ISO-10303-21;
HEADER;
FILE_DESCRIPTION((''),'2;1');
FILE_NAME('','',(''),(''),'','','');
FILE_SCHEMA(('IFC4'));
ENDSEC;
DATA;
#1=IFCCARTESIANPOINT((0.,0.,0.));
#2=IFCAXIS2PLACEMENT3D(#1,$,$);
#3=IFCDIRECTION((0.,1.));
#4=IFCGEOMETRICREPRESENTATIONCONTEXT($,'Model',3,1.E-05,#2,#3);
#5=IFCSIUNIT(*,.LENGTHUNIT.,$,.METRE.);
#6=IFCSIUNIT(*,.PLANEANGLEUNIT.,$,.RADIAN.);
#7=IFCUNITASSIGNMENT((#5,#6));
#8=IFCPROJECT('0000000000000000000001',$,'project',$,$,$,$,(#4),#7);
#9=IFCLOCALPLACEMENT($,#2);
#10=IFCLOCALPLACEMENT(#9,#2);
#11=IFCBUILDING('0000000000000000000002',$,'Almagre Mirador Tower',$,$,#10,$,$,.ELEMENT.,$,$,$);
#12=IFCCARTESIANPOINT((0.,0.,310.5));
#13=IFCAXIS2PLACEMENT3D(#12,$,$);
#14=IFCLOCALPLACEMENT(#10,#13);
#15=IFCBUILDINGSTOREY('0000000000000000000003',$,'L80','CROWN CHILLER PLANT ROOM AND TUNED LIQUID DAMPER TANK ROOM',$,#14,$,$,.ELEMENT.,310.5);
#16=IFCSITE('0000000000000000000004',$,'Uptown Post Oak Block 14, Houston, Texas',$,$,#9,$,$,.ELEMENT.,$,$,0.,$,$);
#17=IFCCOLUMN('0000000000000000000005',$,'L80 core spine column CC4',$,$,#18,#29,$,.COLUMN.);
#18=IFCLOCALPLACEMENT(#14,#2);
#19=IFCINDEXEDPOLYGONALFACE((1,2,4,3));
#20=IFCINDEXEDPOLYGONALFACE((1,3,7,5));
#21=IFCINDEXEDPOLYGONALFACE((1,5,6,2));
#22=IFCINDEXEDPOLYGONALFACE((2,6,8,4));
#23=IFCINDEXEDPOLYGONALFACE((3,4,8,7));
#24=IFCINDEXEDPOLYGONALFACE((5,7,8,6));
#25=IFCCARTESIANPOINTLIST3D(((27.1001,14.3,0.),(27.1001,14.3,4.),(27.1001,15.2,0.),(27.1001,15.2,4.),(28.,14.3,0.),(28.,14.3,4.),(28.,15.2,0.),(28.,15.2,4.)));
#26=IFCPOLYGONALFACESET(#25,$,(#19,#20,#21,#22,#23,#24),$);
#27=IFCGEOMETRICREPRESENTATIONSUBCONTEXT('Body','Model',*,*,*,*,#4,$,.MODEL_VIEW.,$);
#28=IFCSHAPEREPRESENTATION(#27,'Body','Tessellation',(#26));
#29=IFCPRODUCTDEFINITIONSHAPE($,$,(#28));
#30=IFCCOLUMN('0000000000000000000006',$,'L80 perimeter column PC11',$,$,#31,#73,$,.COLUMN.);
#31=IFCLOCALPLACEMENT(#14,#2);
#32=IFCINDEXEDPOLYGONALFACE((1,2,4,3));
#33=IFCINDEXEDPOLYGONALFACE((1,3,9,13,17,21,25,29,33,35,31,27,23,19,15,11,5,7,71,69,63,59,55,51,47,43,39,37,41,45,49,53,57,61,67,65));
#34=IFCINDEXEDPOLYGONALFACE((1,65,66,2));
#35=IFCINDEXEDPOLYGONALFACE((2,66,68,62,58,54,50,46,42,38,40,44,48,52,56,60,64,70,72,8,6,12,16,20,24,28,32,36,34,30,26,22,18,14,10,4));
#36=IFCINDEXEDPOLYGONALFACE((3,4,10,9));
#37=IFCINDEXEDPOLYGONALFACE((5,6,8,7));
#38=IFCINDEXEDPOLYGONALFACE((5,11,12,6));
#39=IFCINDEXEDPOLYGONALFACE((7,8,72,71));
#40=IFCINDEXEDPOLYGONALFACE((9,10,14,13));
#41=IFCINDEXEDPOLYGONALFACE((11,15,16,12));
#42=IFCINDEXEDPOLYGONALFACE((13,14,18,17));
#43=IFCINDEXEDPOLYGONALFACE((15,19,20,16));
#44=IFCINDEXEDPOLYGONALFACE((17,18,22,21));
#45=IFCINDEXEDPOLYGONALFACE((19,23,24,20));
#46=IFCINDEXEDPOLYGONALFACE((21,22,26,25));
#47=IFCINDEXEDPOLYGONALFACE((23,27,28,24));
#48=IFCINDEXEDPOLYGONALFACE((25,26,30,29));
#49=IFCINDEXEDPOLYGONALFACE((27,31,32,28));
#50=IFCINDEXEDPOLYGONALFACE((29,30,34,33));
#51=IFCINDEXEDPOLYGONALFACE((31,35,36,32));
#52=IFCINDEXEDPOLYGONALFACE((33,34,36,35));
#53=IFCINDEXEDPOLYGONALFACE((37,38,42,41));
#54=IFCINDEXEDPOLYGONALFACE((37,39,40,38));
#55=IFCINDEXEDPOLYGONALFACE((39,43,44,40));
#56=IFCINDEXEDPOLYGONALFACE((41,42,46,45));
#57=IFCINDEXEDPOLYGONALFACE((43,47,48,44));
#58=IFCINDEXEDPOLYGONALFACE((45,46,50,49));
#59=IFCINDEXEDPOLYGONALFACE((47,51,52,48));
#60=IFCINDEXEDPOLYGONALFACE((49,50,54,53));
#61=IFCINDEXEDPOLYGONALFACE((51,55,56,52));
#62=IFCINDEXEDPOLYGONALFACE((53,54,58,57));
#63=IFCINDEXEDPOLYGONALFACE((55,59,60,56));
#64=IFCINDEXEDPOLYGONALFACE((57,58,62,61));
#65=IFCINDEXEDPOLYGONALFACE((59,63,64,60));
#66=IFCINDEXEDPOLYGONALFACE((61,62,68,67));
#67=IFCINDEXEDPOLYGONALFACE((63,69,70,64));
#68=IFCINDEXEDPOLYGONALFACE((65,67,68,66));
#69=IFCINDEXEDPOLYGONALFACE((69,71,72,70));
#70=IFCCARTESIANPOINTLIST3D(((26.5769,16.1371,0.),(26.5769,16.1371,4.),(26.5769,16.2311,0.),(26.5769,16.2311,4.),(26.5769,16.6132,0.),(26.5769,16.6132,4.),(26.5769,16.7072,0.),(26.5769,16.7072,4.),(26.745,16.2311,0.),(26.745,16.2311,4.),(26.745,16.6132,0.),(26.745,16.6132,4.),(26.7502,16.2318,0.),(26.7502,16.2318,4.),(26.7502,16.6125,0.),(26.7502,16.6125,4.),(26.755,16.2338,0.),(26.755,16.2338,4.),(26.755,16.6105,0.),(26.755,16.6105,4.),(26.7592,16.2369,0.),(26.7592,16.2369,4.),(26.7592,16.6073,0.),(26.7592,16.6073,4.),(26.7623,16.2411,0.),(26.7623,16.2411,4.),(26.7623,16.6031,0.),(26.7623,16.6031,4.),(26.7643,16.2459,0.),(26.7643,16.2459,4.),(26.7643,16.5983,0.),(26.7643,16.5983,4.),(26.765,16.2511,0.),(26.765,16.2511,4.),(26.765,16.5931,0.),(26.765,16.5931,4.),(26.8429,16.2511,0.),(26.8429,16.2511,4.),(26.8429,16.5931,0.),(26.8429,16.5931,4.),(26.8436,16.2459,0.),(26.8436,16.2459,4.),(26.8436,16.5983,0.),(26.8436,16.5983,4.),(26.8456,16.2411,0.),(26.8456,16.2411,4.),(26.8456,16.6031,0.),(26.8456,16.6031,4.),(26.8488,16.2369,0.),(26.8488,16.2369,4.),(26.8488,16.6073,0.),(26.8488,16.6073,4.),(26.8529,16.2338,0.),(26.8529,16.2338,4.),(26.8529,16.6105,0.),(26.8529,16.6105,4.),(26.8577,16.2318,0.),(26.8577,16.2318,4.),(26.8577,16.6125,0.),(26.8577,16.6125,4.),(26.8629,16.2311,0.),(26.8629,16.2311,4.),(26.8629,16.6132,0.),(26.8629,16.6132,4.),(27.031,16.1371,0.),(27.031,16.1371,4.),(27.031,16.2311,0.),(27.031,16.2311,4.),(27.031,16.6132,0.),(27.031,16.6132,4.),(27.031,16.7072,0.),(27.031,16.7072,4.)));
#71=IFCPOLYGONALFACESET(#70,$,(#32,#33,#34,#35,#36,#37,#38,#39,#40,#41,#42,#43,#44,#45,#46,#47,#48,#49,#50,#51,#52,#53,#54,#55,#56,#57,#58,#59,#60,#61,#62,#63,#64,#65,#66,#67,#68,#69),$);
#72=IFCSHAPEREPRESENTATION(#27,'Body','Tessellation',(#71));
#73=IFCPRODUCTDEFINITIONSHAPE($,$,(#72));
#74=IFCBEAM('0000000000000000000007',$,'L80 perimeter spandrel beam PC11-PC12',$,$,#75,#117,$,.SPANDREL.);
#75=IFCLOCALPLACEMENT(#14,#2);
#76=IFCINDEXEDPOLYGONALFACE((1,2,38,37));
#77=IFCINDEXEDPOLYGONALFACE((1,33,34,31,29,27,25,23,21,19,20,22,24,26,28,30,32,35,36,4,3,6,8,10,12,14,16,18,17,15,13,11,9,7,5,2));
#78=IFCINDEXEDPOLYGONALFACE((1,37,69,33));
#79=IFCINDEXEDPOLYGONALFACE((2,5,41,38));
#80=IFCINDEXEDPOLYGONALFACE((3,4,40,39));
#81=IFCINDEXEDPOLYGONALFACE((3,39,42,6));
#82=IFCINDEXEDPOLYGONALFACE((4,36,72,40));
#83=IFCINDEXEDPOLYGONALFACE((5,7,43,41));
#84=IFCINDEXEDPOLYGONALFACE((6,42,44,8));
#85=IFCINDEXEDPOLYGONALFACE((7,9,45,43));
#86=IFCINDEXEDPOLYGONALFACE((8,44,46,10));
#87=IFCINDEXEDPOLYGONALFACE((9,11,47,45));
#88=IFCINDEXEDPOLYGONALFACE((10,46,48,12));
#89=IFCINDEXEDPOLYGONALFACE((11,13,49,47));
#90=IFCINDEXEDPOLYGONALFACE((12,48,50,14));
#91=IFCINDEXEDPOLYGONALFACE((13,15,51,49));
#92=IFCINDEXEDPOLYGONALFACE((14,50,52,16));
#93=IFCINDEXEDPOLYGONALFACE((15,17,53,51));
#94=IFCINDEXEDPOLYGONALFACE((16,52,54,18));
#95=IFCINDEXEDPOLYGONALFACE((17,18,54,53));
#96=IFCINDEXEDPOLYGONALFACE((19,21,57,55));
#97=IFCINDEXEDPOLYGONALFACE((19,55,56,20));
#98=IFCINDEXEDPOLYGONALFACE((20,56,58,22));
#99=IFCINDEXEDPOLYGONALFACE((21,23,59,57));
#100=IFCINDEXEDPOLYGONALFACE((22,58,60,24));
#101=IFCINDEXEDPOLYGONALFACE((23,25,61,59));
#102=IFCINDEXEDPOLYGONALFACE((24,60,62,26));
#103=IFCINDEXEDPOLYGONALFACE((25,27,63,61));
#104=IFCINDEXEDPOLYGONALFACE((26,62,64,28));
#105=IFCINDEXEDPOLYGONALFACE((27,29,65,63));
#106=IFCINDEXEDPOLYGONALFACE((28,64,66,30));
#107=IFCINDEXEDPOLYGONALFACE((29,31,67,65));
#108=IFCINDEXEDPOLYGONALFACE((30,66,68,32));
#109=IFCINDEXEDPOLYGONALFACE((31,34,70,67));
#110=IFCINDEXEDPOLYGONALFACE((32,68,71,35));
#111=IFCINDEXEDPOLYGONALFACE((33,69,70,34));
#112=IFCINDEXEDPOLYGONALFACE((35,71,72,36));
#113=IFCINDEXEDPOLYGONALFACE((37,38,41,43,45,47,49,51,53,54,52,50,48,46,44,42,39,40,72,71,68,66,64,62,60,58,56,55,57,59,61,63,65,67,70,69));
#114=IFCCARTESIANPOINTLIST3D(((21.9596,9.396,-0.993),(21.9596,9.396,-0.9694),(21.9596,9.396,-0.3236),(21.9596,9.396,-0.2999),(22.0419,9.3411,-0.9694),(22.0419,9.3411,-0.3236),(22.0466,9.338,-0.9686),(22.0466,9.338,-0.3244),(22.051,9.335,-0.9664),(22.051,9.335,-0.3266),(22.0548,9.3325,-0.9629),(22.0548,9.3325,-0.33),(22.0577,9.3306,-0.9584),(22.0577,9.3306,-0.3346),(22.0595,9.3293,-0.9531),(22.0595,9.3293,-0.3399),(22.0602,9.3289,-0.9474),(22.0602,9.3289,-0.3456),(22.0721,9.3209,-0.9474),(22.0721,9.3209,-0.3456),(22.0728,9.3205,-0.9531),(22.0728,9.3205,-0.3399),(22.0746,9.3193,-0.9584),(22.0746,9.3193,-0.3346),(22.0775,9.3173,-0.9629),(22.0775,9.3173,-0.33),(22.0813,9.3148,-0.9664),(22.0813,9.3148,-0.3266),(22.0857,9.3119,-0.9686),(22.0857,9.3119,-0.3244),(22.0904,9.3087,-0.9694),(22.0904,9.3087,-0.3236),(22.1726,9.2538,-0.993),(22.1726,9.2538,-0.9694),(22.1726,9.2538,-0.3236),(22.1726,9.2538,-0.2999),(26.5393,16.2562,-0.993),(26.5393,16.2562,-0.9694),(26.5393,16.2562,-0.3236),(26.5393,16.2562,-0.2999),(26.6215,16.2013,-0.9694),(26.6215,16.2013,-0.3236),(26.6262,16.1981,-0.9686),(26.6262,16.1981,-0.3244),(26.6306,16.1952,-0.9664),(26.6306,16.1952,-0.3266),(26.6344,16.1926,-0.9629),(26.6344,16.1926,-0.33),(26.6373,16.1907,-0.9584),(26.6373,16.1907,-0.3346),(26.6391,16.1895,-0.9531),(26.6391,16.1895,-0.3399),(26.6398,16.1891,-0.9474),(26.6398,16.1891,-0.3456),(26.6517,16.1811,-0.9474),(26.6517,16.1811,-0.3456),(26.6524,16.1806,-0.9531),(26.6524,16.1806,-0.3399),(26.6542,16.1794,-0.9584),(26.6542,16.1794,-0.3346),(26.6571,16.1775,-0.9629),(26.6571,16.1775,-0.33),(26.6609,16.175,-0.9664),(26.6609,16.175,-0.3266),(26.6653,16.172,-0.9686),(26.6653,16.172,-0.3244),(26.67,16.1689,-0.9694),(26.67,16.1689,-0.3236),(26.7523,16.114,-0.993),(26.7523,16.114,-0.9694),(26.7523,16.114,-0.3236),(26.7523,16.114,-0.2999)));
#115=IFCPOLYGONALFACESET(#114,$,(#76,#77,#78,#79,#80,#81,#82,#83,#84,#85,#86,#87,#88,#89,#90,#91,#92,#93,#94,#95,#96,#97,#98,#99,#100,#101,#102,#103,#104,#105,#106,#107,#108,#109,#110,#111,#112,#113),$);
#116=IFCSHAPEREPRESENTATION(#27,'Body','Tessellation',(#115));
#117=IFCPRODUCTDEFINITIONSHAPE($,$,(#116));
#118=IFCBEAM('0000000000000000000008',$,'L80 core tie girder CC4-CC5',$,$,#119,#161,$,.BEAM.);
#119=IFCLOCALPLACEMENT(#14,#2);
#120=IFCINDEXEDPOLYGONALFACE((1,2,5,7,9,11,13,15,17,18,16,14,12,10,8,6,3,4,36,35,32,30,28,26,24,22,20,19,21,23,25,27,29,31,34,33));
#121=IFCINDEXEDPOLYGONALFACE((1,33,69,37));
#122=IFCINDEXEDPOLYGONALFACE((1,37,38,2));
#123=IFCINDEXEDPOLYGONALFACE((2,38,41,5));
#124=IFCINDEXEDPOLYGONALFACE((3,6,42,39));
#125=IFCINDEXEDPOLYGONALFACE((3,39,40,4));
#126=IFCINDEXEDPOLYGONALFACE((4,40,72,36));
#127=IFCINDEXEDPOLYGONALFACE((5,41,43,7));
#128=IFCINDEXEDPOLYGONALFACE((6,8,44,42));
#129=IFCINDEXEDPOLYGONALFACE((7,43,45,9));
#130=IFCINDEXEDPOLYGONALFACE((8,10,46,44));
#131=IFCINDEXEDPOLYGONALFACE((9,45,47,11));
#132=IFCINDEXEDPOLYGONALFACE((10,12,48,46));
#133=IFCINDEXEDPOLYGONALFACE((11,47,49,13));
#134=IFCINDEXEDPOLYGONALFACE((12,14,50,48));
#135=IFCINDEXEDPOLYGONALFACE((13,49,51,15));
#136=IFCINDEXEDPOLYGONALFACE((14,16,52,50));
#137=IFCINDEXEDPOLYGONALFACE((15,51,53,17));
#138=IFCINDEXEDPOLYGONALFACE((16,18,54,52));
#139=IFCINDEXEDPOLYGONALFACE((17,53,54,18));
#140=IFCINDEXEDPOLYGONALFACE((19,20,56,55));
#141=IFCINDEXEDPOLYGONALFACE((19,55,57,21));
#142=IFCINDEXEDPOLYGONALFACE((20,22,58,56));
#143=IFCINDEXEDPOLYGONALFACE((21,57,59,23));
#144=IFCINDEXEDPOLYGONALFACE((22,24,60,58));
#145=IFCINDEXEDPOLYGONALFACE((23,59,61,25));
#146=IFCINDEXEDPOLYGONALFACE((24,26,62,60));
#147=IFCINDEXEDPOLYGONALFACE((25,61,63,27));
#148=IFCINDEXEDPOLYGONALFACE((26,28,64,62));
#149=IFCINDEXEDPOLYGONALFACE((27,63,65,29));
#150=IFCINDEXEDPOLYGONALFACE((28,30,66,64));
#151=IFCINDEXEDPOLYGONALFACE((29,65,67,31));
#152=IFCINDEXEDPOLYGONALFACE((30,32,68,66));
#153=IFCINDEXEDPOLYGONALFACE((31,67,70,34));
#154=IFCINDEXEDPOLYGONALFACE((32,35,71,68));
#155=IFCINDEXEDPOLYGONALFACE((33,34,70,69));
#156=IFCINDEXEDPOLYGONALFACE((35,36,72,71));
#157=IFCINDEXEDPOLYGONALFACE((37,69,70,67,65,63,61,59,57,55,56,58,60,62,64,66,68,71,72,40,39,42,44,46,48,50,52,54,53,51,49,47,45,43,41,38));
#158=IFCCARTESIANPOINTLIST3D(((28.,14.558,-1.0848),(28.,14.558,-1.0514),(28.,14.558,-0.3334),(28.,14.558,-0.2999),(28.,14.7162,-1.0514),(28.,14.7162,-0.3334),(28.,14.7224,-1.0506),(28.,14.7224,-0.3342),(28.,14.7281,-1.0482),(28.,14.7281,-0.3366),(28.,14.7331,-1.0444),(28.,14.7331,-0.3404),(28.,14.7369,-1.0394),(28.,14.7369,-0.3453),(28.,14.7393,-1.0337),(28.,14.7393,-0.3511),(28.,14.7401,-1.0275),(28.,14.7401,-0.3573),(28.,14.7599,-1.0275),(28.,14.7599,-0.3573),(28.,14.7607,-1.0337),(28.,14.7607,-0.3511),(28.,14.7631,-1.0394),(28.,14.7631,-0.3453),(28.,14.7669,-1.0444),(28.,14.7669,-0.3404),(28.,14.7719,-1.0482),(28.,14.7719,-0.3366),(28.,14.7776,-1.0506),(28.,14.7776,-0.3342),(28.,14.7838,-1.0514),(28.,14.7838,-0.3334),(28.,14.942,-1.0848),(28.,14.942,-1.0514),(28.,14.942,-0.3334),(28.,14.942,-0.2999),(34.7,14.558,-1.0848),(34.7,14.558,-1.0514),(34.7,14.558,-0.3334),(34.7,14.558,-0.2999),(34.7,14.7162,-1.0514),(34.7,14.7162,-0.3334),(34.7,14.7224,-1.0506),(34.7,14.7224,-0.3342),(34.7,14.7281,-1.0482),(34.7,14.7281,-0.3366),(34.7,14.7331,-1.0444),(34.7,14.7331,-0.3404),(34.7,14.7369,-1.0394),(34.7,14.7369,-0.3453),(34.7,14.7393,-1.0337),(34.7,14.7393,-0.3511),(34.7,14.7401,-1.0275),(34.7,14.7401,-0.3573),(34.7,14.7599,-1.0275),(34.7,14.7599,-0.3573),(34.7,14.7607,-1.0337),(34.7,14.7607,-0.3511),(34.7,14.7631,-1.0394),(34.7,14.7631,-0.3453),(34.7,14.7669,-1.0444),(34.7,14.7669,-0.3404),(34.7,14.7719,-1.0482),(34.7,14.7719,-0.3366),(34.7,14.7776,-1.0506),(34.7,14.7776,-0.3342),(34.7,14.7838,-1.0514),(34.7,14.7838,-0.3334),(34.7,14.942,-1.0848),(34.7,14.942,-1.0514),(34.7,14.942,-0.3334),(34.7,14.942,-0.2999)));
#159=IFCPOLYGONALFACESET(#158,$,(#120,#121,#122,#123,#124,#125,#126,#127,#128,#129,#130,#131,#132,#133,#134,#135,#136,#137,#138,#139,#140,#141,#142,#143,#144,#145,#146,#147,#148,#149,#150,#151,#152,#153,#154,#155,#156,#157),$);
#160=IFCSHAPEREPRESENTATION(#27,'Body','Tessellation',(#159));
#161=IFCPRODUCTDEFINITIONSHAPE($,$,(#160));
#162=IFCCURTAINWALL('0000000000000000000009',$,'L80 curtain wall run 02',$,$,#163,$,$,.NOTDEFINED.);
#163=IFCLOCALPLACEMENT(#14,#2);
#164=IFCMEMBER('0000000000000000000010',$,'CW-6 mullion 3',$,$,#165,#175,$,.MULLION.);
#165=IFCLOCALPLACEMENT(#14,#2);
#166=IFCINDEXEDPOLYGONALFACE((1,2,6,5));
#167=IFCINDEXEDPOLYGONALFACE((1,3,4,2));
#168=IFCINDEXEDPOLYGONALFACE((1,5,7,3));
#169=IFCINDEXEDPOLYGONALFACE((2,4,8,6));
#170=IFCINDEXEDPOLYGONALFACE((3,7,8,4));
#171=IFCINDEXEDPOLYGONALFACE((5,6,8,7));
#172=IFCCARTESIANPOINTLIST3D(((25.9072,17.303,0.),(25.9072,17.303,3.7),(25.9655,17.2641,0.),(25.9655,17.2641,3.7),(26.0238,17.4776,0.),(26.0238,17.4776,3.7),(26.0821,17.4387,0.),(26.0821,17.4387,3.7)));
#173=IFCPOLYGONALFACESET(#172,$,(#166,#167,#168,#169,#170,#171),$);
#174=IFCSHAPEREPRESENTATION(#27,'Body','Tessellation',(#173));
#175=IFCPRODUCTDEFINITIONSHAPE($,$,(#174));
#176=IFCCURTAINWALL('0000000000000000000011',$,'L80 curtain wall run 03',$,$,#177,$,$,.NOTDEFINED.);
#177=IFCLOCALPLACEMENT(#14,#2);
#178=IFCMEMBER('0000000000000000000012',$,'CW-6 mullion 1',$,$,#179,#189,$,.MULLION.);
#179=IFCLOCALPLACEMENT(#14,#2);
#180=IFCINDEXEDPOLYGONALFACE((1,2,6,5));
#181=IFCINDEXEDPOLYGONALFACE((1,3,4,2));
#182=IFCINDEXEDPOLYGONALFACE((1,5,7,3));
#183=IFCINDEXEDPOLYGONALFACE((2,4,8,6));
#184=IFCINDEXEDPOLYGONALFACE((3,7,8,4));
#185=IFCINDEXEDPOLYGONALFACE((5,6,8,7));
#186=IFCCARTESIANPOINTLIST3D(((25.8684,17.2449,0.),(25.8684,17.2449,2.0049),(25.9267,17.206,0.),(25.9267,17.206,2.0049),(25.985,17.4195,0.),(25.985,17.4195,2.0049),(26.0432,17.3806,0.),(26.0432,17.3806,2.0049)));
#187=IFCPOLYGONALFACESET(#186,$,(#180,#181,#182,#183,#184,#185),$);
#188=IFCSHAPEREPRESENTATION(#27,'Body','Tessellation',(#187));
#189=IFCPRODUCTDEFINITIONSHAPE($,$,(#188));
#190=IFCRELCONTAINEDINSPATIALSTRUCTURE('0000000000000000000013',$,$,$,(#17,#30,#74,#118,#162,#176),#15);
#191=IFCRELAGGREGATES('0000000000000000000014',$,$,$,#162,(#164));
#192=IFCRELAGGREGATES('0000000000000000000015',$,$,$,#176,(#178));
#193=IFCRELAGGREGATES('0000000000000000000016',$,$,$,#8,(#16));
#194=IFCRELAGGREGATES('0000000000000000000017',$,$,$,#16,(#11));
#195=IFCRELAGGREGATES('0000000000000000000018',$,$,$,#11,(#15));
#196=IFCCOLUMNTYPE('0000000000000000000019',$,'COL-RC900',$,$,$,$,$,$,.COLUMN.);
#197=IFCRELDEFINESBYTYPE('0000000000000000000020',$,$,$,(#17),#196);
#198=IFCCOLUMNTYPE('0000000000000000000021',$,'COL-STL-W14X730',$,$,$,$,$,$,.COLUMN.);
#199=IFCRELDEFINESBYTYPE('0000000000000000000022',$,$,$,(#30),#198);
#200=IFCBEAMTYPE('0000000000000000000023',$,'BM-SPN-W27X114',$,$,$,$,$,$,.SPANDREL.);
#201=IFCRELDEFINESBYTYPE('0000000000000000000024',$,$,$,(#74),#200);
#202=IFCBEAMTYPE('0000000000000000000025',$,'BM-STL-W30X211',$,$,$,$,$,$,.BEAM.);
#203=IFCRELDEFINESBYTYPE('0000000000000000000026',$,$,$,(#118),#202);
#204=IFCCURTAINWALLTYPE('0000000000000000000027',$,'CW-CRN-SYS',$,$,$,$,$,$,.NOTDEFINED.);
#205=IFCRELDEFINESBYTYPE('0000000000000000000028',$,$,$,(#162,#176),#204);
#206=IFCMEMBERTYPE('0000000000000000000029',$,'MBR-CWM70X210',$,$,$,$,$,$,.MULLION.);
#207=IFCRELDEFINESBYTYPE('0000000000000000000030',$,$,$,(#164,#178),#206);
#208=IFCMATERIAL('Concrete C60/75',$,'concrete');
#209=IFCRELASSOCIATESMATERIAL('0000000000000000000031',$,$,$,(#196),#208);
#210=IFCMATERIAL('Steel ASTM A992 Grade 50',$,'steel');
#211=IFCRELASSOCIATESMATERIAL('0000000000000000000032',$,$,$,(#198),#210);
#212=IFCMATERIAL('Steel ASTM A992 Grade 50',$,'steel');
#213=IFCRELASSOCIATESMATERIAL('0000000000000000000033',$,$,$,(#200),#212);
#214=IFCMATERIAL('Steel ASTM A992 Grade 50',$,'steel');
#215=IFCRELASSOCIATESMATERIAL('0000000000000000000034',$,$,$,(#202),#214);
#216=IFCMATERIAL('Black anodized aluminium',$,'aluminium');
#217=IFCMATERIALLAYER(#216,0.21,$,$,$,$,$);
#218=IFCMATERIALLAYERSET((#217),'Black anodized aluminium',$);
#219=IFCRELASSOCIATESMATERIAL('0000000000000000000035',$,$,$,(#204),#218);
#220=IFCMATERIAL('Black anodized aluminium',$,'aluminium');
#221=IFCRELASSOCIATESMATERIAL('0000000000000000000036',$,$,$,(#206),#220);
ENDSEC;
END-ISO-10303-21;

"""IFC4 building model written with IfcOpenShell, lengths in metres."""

from ifc_helpers import new_model, si_unit, direction, frame, origin, origin_2d, place, context, subcontext, project, spatial, rectangle, i_section, extrude, material, layer, layer_set, material_profile, profile_set, type_object, element, aggregate, save


model = new_model("IFC4")

# Units and contexts
model_context = context("Model", 3, precision=1e-05, world=origin(), true_north=direction((0.0, 1.0)))
body_context = subcontext(model_context, "Body", "Model", "MODEL_VIEW")
ifc_project = project(units=[si_unit("LENGTHUNIT", "METRE"), si_unit("PLANEANGLEUNIT", "RADIAN")], contexts=[model_context])

# Site, building, storey
site_placement = place(None, origin())
site = spatial("IfcSite", under=ifc_project, at=site_placement, Name="Uptown Post Oak Block 14, Houston, Texas", CompositionType="ELEMENT", RefElevation=0.0)
building_placement = place(site_placement, origin())
building = spatial("IfcBuilding", under=site, at=building_placement, Name="Almagre Mirador Tower", CompositionType="ELEMENT")
storey_placement = place(building_placement, frame((0.0, 0.0, 310.5)))
storey = spatial("IfcBuildingStorey", under=building, at=storey_placement, Name="L80", Description="CROWN CHILLER PLANT ROOM AND TUNED LIQUID DAMPER TANK ROOM", CompositionType="ELEMENT", Elevation=310.5)

# Columns
ifc_material_1 = material(Name="Concrete C60/75", Category="concrete")
ifc_material_profile_1 = material_profile(ifc_material_1, rectangle(XDim=0.8999, YDim=0.8999, at=origin_2d()), Name="RC900X900")
ifc_profile_set_1 = profile_set([ifc_material_profile_1], Name="Concrete C60/75")
column_type_1 = type_object("IfcColumnType", Name="COL-RC900", PredefinedType="COLUMN", material=ifc_profile_set_1)
column_1_placement = place(storey_placement, frame((27.55, 14.75, 0.0), z_axis=(0.0, 0.0, 1.0), x_axis=(1.0, 0.0, 0.0)))
element("IfcColumn", 1, at=column_1_placement, inside=storey, type_object=column_type_1, Name="L80 core spine column CC4", PredefinedType="COLUMN", context=body_context, shape_type="SweptSolid", body=[
    extrude(rectangle(XDim=0.8999, YDim=0.8999, at=origin_2d()), origin(), (0.0, 0.0, 1.0), 4.0),
])
ifc_material_2 = material(Name="Steel ASTM A992 Grade 50", Category="steel")
ifc_material_profile_2 = material_profile(ifc_material_2, i_section(OverallWidth=0.4541, OverallDepth=0.5701, WebThickness=0.0779, FlangeThickness=0.094, FilletRadius=0.02, at=origin_2d()), Name="W14X730")
ifc_profile_set_2 = profile_set([ifc_material_profile_2], Name="Steel ASTM A992 Grade 50")
column_type_2 = type_object("IfcColumnType", Name="COL-STL-W14X730", PredefinedType="COLUMN", material=ifc_profile_set_2)
column_2_placement = place(storey_placement, frame((26.804, 16.4221, 0.0), z_axis=(0.0, 0.0, 1.0), x_axis=(1.0, 0.0, 0.0)))
element("IfcColumn", 2, at=column_2_placement, inside=storey, type_object=column_type_2, Name="L80 perimeter column PC11", PredefinedType="COLUMN", context=body_context, shape_type="SweptSolid", body=[
    extrude(i_section(OverallWidth=0.4541, OverallDepth=0.5701, WebThickness=0.0779, FlangeThickness=0.094, FilletRadius=0.02, at=origin_2d()), origin(), (0.0, 0.0, 1.0), 4.0),
])

# Beams
ifc_material_3 = material(Name="Steel ASTM A992 Grade 50", Category="steel")
ifc_material_profile_3 = material_profile(ifc_material_3, i_section(OverallWidth=0.2561, OverallDepth=0.6931, WebThickness=0.0144, FlangeThickness=0.0237, FilletRadius=0.022, at=origin_2d()), Name="W27X114")
ifc_profile_set_3 = profile_set([ifc_material_profile_3], Name="Steel ASTM A992 Grade 50")
beam_type_1 = type_object("IfcBeamType", Name="BM-SPN-W27X114", PredefinedType="SPANDREL", material=ifc_profile_set_3)
beam_1_placement = place(storey_placement, frame((26.6458, 16.1851, -0.6465), z_axis=(-0.555219, -0.831704, 0.0), x_axis=(0.831704, -0.555219, 0.0)))
element("IfcBeam", 3, at=beam_1_placement, inside=storey, type_object=beam_type_1, Name="L80 perimeter spandrel beam PC11-PC12", PredefinedType="SPANDREL", context=body_context, shape_type="SweptSolid", body=[
    extrude(i_section(OverallWidth=0.2561, OverallDepth=0.6931, WebThickness=0.0144, FlangeThickness=0.0237, FilletRadius=0.022, at=origin_2d()), origin(), (0.0, 0.0, 1.0), 8.2483),
])
ifc_material_4 = material(Name="Steel ASTM A992 Grade 50", Category="steel")
ifc_material_profile_4 = material_profile(ifc_material_4, i_section(OverallWidth=0.384, OverallDepth=0.7849, WebThickness=0.0198, FlangeThickness=0.0334, FilletRadius=0.0239, at=origin_2d()), Name="W30X211")
ifc_profile_set_4 = profile_set([ifc_material_profile_4], Name="Steel ASTM A992 Grade 50")
beam_type_2 = type_object("IfcBeamType", Name="BM-STL-W30X211", PredefinedType="BEAM", material=ifc_profile_set_4)
beam_2_placement = place(storey_placement, frame((28.0, 14.75, -0.6924), z_axis=(1.0, 0.0, 0.0), x_axis=(0.0, 1.0, 0.0)))
element("IfcBeam", 4, at=beam_2_placement, inside=storey, type_object=beam_type_2, Name="L80 core tie girder CC4-CC5", PredefinedType="BEAM", context=body_context, shape_type="SweptSolid", body=[
    extrude(i_section(OverallWidth=0.384, OverallDepth=0.7849, WebThickness=0.0198, FlangeThickness=0.0334, FilletRadius=0.0239, at=origin_2d()), origin(), (0.0, 0.0, 1.0), 6.7),
])

# Curtain wall, member
ifc_material_5 = material(Name="Black anodized aluminium", Category="aluminium")
ifc_layer_1 = layer(ifc_material_5, 0.21)
ifc_layer_set_1 = layer_set([ifc_layer_1], Name="Black anodized aluminium")
curtain_wall_type = type_object("IfcCurtainWallType", Name="CW-CRN-SYS", PredefinedType="NOTDEFINED", material=ifc_layer_set_1)
curtain_wall_1_placement = place(storey_placement, origin())
curtain_wall_1 = element("IfcCurtainWall", 5, at=curtain_wall_1_placement, inside=storey, type_object=curtain_wall_type, Name="L80 curtain wall run 02", PredefinedType="NOTDEFINED")
ifc_material_6 = material(Name="Black anodized aluminium", Category="aluminium")
ifc_material_profile_5 = material_profile(ifc_material_6, rectangle(XDim=0.0701, YDim=0.21, at=origin_2d()), Name="CWM70X210")
ifc_profile_set_5 = profile_set([ifc_material_profile_5], Name="Black anodized aluminium")
member_type_1 = type_object("IfcMemberType", Name="MBR-CWM70X210", PredefinedType="MULLION", material=ifc_profile_set_5)
member_1_placement = place(storey_placement, frame((25.9946, 17.3708, 0.0), z_axis=(0.0, 0.0, 1.0), x_axis=(-0.831702, 0.555222, 0.0)))
member_1 = element("IfcMember", 6, at=member_1_placement, type_object=member_type_1, Name="CW-6 mullion 3", PredefinedType="MULLION", context=body_context, shape_type="SweptSolid", body=[
    extrude(rectangle(XDim=0.0701, YDim=0.21, at=origin_2d()), origin(), (0.0, 0.0, 1.0), 3.7),
])

# Curtain wall, member
curtain_wall_2_placement = place(storey_placement, origin())
curtain_wall_2 = element("IfcCurtainWall", 7, at=curtain_wall_2_placement, inside=storey, type_object=curtain_wall_type, Name="L80 curtain wall run 03", PredefinedType="NOTDEFINED")
member_2_placement = place(storey_placement, frame((25.9558, 17.3127, 0.0), z_axis=(0.0, 0.0, 1.0), x_axis=(-0.831701, 0.555224, 0.0)))
member_2 = element("IfcMember", 8, at=member_2_placement, type_object=member_type_1, Name="CW-6 mullion 1", PredefinedType="MULLION", context=body_context, shape_type="SweptSolid", body=[
    extrude(rectangle(XDim=0.0701, YDim=0.21, at=origin_2d()), origin(), (0.0, 0.0, 1.0), 2.0049),
])

aggregate(curtain_wall_1, [member_1])
aggregate(curtain_wall_2, [member_2])

save(model, "model.ifc")
